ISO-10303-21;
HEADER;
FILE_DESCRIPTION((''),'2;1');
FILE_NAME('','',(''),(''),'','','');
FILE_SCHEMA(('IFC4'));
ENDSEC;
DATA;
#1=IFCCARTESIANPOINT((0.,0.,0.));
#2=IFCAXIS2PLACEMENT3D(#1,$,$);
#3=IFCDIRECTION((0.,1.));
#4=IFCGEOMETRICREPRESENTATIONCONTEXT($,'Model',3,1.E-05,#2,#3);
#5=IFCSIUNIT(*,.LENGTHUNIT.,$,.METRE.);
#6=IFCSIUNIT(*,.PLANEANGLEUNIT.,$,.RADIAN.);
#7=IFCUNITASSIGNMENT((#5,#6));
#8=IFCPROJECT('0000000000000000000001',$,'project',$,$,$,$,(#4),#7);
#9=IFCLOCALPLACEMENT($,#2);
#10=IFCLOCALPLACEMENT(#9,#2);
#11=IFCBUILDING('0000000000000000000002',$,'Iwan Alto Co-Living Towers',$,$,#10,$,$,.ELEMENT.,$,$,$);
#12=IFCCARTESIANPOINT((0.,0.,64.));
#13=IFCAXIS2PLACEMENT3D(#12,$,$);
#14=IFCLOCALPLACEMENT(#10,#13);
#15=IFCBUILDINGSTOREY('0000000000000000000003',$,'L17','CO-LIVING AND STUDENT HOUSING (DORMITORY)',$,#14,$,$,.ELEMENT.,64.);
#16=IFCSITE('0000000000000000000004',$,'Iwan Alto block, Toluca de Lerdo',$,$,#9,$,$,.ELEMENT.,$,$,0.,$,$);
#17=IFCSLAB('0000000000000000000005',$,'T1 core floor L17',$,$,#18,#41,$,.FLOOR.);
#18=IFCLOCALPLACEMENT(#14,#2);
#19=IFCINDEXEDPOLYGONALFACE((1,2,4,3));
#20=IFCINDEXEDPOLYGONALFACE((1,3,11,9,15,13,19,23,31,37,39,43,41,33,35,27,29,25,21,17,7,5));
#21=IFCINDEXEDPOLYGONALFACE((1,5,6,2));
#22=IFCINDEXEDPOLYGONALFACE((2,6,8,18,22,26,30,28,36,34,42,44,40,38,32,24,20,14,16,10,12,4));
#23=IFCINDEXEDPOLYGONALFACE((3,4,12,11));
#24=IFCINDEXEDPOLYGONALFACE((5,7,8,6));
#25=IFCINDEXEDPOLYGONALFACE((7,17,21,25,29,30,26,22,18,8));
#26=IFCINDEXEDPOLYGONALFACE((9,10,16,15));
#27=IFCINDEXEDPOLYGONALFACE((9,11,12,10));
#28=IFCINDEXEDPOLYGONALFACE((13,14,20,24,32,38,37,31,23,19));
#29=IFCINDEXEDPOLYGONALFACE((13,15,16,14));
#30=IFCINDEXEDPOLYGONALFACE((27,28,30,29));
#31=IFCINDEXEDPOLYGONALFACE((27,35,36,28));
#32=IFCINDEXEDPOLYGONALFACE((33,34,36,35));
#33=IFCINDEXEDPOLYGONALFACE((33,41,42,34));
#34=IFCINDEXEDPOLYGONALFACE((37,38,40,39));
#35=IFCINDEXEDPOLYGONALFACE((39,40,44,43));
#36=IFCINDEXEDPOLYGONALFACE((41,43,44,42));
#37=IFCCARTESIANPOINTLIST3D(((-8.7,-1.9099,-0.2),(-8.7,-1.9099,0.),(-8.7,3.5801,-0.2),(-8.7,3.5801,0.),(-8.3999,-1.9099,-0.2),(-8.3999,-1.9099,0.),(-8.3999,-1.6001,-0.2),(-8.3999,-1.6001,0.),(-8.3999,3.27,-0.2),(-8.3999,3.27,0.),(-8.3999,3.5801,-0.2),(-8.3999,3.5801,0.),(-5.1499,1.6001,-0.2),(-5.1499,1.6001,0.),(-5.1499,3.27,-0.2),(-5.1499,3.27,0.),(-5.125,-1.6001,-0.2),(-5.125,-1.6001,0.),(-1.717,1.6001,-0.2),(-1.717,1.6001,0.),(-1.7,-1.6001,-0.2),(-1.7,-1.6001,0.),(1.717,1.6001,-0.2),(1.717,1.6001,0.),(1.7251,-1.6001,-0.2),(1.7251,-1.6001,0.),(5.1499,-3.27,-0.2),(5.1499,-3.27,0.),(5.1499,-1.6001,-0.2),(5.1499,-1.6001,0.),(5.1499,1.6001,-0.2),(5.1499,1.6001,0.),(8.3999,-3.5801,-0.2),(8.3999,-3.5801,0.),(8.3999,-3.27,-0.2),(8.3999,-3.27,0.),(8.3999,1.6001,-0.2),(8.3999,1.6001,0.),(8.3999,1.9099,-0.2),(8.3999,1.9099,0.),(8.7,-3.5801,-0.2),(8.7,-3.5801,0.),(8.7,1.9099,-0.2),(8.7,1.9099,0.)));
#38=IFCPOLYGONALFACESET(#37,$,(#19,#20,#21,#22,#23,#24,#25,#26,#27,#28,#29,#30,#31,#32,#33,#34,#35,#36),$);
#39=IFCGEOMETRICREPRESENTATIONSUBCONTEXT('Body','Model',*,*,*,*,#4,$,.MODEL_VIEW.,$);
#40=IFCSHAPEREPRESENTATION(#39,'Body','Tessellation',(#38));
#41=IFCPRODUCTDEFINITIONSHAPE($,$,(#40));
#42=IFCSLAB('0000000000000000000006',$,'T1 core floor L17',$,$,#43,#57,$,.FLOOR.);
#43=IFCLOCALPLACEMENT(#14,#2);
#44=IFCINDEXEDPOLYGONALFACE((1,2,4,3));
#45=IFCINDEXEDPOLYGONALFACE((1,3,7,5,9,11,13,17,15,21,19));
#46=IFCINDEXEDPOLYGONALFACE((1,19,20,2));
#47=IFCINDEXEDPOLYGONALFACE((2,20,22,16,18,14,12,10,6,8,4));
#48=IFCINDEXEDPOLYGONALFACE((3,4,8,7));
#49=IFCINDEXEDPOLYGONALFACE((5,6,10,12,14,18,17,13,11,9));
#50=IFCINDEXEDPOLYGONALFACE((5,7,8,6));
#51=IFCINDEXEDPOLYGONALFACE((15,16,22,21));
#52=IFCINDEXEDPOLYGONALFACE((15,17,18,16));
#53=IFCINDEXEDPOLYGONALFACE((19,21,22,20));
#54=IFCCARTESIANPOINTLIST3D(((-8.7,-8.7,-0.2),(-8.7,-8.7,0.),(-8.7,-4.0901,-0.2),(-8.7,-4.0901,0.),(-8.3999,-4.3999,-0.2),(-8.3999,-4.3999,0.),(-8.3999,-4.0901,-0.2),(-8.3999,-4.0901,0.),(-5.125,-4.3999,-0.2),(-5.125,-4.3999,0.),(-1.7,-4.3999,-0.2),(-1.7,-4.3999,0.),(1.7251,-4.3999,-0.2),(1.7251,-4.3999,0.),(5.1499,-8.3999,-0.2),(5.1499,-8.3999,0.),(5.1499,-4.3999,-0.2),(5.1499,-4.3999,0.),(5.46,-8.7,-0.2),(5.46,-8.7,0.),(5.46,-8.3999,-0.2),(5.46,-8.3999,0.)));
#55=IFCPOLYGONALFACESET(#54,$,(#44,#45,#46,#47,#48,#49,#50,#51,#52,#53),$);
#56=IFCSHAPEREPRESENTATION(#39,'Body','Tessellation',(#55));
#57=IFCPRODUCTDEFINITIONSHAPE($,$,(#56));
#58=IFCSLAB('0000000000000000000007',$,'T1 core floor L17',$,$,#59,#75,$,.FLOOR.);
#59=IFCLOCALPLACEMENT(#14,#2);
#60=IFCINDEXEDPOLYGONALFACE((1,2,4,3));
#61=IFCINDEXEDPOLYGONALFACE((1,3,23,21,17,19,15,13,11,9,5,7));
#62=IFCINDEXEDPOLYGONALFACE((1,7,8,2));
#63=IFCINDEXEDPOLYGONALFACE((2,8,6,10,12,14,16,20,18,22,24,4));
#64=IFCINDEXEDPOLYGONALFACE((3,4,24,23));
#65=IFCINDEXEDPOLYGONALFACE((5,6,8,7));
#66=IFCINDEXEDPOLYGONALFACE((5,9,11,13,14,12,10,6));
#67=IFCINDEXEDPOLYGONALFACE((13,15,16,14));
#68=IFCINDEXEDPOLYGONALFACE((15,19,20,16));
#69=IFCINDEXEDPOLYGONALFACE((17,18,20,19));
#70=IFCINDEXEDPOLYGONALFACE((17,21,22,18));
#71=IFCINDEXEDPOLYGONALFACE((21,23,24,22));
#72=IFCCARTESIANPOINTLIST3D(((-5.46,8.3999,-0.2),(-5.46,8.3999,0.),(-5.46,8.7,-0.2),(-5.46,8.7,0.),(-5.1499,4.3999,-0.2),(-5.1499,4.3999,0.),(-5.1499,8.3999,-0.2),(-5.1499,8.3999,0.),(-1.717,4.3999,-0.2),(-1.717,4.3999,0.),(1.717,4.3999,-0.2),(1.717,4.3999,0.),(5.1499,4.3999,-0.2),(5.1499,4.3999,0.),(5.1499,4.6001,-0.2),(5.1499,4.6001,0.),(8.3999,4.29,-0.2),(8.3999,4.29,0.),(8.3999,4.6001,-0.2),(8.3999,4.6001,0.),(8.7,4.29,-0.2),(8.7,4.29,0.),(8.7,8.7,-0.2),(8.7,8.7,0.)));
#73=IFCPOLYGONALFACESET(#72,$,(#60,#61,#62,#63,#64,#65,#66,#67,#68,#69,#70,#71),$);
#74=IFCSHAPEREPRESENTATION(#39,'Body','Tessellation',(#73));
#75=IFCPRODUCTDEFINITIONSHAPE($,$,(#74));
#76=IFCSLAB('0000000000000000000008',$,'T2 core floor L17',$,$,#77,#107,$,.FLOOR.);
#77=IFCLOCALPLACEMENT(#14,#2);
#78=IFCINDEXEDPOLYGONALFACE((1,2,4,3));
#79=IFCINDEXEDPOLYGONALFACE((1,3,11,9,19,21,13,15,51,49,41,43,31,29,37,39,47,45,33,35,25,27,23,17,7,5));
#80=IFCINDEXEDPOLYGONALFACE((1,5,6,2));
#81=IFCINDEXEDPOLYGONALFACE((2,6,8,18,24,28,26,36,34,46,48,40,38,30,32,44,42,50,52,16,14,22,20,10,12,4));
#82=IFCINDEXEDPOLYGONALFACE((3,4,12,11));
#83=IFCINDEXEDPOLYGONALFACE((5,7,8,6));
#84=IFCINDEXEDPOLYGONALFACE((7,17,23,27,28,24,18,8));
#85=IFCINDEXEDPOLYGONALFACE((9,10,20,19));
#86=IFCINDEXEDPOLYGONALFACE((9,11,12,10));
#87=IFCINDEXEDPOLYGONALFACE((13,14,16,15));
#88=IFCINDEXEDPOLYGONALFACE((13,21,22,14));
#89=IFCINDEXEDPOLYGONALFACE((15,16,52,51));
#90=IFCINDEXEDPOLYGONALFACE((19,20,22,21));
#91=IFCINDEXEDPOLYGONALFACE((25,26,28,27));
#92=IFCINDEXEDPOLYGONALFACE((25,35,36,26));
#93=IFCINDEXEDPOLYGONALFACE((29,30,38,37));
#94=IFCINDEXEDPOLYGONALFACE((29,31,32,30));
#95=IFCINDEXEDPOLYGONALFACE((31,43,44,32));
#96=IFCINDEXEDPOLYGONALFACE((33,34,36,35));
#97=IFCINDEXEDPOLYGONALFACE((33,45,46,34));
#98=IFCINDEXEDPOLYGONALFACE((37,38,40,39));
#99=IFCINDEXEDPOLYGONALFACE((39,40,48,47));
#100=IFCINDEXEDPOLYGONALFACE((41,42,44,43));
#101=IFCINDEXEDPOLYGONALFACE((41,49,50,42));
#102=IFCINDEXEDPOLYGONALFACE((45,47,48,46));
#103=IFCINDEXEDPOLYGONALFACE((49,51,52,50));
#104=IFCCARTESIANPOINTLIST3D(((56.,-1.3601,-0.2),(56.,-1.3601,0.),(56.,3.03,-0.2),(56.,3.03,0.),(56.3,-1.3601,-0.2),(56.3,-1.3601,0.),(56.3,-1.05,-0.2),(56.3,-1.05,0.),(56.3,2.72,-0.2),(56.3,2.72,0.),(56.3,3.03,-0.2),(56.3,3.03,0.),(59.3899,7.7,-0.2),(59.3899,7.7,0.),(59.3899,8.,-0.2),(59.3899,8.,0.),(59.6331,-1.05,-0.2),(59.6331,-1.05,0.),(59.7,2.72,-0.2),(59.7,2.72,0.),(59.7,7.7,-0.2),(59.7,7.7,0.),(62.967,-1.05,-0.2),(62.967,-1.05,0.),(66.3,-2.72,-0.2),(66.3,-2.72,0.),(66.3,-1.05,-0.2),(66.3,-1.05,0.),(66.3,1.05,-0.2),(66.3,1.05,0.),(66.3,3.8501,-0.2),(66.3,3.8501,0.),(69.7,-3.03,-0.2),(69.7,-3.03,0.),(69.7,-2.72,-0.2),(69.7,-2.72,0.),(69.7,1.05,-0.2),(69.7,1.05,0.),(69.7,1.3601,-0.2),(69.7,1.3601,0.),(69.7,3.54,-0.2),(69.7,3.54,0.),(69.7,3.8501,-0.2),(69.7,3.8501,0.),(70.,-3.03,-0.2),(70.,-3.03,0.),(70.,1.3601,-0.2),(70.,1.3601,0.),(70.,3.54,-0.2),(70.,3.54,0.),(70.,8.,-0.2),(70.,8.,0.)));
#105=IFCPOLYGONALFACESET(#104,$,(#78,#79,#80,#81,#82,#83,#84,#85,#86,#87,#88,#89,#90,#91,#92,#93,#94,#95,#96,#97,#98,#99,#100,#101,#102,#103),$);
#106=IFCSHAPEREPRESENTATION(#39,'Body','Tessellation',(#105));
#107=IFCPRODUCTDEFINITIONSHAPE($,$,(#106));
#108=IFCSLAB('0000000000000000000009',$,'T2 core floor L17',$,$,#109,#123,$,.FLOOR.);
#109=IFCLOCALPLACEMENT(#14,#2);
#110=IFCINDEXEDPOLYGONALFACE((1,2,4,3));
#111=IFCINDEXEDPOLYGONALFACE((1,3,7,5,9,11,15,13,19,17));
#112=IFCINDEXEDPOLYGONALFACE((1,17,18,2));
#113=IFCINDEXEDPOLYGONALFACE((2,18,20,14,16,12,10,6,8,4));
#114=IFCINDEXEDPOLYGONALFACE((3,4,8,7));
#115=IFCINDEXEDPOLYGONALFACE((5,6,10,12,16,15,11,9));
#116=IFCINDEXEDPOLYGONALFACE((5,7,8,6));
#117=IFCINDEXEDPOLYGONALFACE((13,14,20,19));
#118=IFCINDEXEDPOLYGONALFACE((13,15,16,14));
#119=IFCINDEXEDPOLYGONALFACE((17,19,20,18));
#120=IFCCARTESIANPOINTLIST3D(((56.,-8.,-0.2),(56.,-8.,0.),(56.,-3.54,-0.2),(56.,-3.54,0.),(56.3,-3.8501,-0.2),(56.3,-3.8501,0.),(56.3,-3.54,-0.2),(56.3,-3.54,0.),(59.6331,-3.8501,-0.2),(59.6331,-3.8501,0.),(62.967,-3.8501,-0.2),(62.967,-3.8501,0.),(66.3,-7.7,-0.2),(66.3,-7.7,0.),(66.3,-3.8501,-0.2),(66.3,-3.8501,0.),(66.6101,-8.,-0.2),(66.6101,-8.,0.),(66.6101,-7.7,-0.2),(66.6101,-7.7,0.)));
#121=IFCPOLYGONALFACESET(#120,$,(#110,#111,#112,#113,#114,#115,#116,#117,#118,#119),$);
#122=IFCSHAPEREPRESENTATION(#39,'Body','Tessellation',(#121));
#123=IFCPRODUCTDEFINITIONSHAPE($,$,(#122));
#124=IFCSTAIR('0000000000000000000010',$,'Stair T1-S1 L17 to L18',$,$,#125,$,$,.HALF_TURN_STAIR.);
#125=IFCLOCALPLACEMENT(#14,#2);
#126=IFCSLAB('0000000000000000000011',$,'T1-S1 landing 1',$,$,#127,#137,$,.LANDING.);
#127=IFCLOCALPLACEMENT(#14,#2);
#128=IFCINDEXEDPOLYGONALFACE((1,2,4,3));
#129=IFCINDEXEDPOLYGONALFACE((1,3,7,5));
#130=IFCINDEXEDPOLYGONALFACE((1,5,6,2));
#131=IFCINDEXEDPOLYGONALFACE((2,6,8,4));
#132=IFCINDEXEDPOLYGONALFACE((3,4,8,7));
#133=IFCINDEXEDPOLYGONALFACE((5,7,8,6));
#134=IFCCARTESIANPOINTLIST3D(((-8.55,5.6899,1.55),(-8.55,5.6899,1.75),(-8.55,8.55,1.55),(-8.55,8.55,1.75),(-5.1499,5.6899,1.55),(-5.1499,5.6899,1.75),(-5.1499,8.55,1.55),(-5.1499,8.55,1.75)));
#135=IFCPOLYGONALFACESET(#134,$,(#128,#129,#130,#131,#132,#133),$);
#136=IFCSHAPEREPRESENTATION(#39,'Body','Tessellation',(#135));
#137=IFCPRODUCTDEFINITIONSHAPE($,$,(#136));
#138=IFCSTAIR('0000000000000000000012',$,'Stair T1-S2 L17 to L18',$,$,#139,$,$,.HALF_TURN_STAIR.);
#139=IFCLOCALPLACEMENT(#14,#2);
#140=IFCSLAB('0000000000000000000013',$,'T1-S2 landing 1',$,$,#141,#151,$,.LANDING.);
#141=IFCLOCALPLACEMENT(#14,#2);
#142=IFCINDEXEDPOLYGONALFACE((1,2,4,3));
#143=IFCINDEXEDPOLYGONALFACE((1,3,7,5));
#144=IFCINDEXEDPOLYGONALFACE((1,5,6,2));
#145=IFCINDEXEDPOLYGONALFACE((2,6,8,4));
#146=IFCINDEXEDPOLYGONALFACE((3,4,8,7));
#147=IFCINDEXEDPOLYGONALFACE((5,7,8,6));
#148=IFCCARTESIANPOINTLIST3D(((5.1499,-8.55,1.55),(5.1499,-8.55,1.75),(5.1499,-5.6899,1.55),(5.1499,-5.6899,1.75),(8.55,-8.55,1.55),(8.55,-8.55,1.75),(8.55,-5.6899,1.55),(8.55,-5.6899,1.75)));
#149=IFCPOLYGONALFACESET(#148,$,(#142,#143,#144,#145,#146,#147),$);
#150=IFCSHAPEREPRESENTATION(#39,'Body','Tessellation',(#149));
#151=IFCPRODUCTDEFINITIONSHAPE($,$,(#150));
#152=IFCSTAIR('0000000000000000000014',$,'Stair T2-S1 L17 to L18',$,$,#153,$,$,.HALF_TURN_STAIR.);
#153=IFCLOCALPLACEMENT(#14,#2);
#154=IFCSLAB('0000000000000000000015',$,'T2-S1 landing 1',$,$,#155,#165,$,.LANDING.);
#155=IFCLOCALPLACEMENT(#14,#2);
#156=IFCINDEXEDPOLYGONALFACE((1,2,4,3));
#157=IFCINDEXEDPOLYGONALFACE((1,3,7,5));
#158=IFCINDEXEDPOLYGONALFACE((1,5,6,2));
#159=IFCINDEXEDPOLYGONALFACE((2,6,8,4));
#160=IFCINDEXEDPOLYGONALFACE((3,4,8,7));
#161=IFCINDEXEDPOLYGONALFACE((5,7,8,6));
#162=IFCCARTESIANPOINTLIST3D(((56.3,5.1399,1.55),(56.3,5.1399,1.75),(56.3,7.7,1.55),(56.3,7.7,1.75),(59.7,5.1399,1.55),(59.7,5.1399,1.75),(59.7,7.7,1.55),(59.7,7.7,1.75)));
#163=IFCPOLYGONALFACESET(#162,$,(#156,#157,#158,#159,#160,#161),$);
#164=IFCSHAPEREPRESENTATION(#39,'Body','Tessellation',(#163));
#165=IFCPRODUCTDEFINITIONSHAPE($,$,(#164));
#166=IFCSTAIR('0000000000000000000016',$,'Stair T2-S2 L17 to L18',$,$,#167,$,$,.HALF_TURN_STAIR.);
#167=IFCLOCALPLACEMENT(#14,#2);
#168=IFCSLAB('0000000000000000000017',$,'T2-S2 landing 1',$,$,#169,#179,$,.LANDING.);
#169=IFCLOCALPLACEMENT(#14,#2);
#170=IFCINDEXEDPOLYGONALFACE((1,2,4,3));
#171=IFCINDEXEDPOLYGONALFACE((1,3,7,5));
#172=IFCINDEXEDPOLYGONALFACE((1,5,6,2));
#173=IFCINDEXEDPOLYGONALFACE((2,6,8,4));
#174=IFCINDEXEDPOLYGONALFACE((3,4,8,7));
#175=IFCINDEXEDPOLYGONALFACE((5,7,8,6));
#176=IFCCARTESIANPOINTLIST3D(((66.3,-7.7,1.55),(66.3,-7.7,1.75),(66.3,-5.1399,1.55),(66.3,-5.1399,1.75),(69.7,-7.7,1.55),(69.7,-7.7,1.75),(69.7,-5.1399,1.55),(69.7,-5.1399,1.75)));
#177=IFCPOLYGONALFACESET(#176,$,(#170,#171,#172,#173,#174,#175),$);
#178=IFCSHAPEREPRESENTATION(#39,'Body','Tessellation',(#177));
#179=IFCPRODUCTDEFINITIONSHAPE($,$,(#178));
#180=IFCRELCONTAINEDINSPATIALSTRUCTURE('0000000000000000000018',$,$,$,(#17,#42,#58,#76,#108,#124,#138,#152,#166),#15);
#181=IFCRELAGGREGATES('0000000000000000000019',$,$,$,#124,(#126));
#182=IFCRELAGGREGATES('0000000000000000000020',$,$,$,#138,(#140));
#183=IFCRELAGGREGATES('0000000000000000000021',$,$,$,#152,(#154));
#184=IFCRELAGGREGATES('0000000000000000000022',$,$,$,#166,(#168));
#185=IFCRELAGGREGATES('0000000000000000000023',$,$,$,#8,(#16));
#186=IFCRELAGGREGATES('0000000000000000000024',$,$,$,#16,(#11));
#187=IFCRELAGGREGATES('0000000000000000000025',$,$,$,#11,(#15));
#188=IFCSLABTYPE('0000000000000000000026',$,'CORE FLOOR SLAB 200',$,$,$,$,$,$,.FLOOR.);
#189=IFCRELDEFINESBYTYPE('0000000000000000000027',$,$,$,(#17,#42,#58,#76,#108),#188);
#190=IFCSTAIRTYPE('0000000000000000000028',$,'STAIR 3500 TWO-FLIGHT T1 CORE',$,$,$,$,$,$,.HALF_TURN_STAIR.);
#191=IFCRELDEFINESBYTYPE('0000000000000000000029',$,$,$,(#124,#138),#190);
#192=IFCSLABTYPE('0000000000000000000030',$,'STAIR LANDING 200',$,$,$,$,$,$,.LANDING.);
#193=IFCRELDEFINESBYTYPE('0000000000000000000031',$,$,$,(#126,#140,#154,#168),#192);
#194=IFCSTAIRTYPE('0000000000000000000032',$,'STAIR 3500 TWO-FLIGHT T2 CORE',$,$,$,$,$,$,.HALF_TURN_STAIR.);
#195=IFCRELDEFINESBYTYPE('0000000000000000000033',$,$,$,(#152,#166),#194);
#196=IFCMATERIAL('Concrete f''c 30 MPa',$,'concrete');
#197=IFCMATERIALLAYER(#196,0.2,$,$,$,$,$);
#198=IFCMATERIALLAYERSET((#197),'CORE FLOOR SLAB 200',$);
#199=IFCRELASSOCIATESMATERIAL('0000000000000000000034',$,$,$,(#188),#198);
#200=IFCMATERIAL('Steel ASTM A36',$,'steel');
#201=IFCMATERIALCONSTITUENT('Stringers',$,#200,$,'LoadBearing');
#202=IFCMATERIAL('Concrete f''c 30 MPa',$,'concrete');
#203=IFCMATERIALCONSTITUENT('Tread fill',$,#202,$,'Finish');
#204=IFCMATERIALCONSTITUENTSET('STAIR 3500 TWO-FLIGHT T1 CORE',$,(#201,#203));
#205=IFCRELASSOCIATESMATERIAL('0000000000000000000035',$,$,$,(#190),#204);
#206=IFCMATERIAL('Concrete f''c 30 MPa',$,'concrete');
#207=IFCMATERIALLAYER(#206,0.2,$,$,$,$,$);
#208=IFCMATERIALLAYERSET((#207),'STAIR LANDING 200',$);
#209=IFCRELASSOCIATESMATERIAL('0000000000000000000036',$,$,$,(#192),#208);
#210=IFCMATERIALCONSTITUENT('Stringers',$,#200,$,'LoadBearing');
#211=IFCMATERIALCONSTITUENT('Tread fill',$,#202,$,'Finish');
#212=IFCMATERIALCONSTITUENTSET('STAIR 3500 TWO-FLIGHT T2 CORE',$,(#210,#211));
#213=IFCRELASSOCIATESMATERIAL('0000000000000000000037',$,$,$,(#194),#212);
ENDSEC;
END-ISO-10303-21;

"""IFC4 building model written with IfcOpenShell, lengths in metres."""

from ifc_helpers import new_model, si_unit, direction, frame, origin, place, context, subcontext, project, spatial, polyline, outline, extrude, material, layer, layer_set, constituent, constituent_set, type_object, element, aggregate, save


model = new_model("IFC4")

# Units and contexts
model_context = context("Model", 3, precision=1e-05, world=origin(), true_north=direction((0.0, 1.0)))
body_context = subcontext(model_context, "Body", "Model", "MODEL_VIEW")
ifc_project = project(units=[si_unit("LENGTHUNIT", "METRE"), si_unit("PLANEANGLEUNIT", "RADIAN")], contexts=[model_context])

# Site, building, storey
site_placement = place(None, origin())
site = spatial("IfcSite", under=ifc_project, at=site_placement, Name="Iwan Alto block, Toluca de Lerdo", CompositionType="ELEMENT", RefElevation=0.0)
building_placement = place(site_placement, origin())
building = spatial("IfcBuilding", under=site, at=building_placement, Name="Iwan Alto Co-Living Towers", CompositionType="ELEMENT")
storey_placement = place(building_placement, frame((0.0, 0.0, 64.0)))
storey = spatial("IfcBuildingStorey", under=building, at=storey_placement, Name="L17", Description="CO-LIVING AND STUDENT HOUSING (DORMITORY)", CompositionType="ELEMENT", Elevation=64.0)

# Slabs
ifc_material_1 = material(Name="Concrete f'c 30 MPa", Category="concrete")
ifc_layer_1 = layer(ifc_material_1, 0.2)
ifc_layer_set_1 = layer_set([ifc_layer_1], Name="CORE FLOOR SLAB 200")
slab_type_1 = type_object("IfcSlabType", Name="CORE FLOOR SLAB 200", PredefinedType="FLOOR", material=ifc_layer_set_1)
slab_1_placement = place(storey_placement, frame((0.0, 0.0, -0.2)))
element("IfcSlab", 1, at=slab_1_placement, inside=storey, type_object=slab_type_1, Name="T1 core floor L17", PredefinedType="FLOOR", context=body_context, shape_type="SweptSolid", body=[
    extrude(outline(polyline([(8.7, -3.5801), (8.3999, -3.5801), (8.3999, -3.27), (5.1499, -3.27), (5.1499, -1.6001), (1.7251, -1.6001), (-1.7, -1.6001), (-5.125, -1.6001), (-8.3999, -1.6001), (-8.3999, -1.9099), (-8.7, -1.9099), (-8.7, 3.5801), (-8.3999, 3.5801), (-8.3999, 3.27), (-5.1499, 3.27), (-5.1499, 1.6001), (-1.717, 1.6001), (1.717, 1.6001), (5.1499, 1.6001), (8.3999, 1.6001), (8.3999, 1.9099), (8.7, 1.9099), (8.7, -3.5801)])), origin(), (0.0, 0.0, 1.0), 0.2),
])
slab_2_placement = place(storey_placement, frame((0.0, 0.0, -0.2)))
element("IfcSlab", 2, at=slab_2_placement, inside=storey, type_object=slab_type_1, Name="T1 core floor L17", PredefinedType="FLOOR", context=body_context, shape_type="SweptSolid", body=[
    extrude(outline(polyline([(-1.7, -4.3999), (1.7251, -4.3999), (5.1499, -4.3999), (5.1499, -8.3999), (5.46, -8.3999), (5.46, -8.7), (-8.7, -8.7), (-8.7, -4.0901), (-8.3999, -4.0901), (-8.3999, -4.3999), (-5.125, -4.3999), (-1.7, -4.3999)])), origin(), (0.0, 0.0, 1.0), 0.2),
])
slab_3_placement = place(storey_placement, frame((0.0, 0.0, -0.2)))
element("IfcSlab", 3, at=slab_3_placement, inside=storey, type_object=slab_type_1, Name="T1 core floor L17", PredefinedType="FLOOR", context=body_context, shape_type="SweptSolid", body=[
    extrude(outline(polyline([(1.717, 4.3999), (-1.717, 4.3999), (-5.1499, 4.3999), (-5.1499, 8.3999), (-5.46, 8.3999), (-5.46, 8.7), (8.7, 8.7), (8.7, 4.29), (8.3999, 4.29), (8.3999, 4.6001), (5.1499, 4.6001), (5.1499, 4.3999), (1.717, 4.3999)])), origin(), (0.0, 0.0, 1.0), 0.2),
])
slab_4_placement = place(storey_placement, frame((0.0, 0.0, -0.2)))
element("IfcSlab", 4, at=slab_4_placement, inside=storey, type_object=slab_type_1, Name="T2 core floor L17", PredefinedType="FLOOR", context=body_context, shape_type="SweptSolid", body=[
    extrude(outline(polyline([(70.0, -3.03), (69.7, -3.03), (69.7, -2.72), (66.3, -2.72), (66.3, -1.05), (62.967, -1.05), (59.6331, -1.05), (56.3, -1.05), (56.3, -1.3601), (56.0, -1.3601), (56.0, 3.03), (56.3, 3.03), (56.3, 2.72), (59.7, 2.72), (59.7, 7.7), (59.3899, 7.7), (59.3899, 8.0), (70.0, 8.0), (70.0, 3.54), (69.7, 3.54), (69.7, 3.8501), (66.3, 3.8501), (66.3, 1.05), (69.7, 1.05), (69.7, 1.3601), (70.0, 1.3601), (70.0, -3.03)])), origin(), (0.0, 0.0, 1.0), 0.2),
])
slab_5_placement = place(storey_placement, frame((0.0, 0.0, -0.2)))
element("IfcSlab", 5, at=slab_5_placement, inside=storey, type_object=slab_type_1, Name="T2 core floor L17", PredefinedType="FLOOR", context=body_context, shape_type="SweptSolid", body=[
    extrude(outline(polyline([(62.967, -3.8501), (66.3, -3.8501), (66.3, -7.7), (66.6101, -7.7), (66.6101, -8.0), (56.0, -8.0), (56.0, -3.54), (56.3, -3.54), (56.3, -3.8501), (59.6331, -3.8501), (62.967, -3.8501)])), origin(), (0.0, 0.0, 1.0), 0.2),
])

# Stairs, slabs
ifc_material_2 = material(Name="Steel ASTM A36", Category="steel")
ifc_constituent_1 = constituent(ifc_material_2, Name="Stringers", Category="LoadBearing")
ifc_material_3 = material(Name="Concrete f'c 30 MPa", Category="concrete")
ifc_constituent_2 = constituent(ifc_material_3, Name="Tread fill", Category="Finish")
ifc_constituent_set_1 = constituent_set(constituents=[ifc_constituent_1, ifc_constituent_2], Name="STAIR 3500 TWO-FLIGHT T1 CORE")
stair_type_1 = type_object("IfcStairType", Name="STAIR 3500 TWO-FLIGHT T1 CORE", PredefinedType="HALF_TURN_STAIR", material=ifc_constituent_set_1)
stair_1_placement = place(storey_placement, origin())
stair_1 = element("IfcStair", 6, at=stair_1_placement, inside=storey, type_object=stair_type_1, Name="Stair T1-S1 L17 to L18", PredefinedType="HALF_TURN_STAIR")
ifc_material_4 = material(Name="Concrete f'c 30 MPa", Category="concrete")
ifc_layer_2 = layer(ifc_material_4, 0.2)
ifc_layer_set_2 = layer_set([ifc_layer_2], Name="STAIR LANDING 200")
slab_type_2 = type_object("IfcSlabType", Name="STAIR LANDING 200", PredefinedType="LANDING", material=ifc_layer_set_2)
slab_6_placement = place(storey_placement, frame((0.0, 0.0, 1.55)))
slab_6 = element("IfcSlab", 7, at=slab_6_placement, type_object=slab_type_2, Name="T1-S1 landing 1", PredefinedType="LANDING", context=body_context, shape_type="SweptSolid", body=[
    extrude(outline(polyline([(-8.55, 5.6899), (-8.55, 8.55), (-5.1499, 8.55), (-5.1499, 5.6899), (-8.55, 5.6899)])), origin(), (0.0, 0.0, 1.0), 0.2),
])
aggregate(stair_1, [slab_6])
stair_2_placement = place(storey_placement, origin())
stair_2 = element("IfcStair", 8, at=stair_2_placement, inside=storey, type_object=stair_type_1, Name="Stair T1-S2 L17 to L18", PredefinedType="HALF_TURN_STAIR")
slab_7_placement = place(storey_placement, frame((0.0, 0.0, 1.55)))
slab_7 = element("IfcSlab", 9, at=slab_7_placement, type_object=slab_type_2, Name="T1-S2 landing 1", PredefinedType="LANDING", context=body_context, shape_type="SweptSolid", body=[
    extrude(outline(polyline([(5.1499, -5.6899), (5.1499, -8.55), (8.55, -8.55), (8.55, -5.6899), (5.1499, -5.6899)])), origin(), (0.0, 0.0, 1.0), 0.2),
])
aggregate(stair_2, [slab_7])
ifc_constituent_3 = constituent(ifc_material_2, Name="Stringers", Category="LoadBearing")
ifc_constituent_4 = constituent(ifc_material_3, Name="Tread fill", Category="Finish")
ifc_constituent_set_2 = constituent_set(constituents=[ifc_constituent_3, ifc_constituent_4], Name="STAIR 3500 TWO-FLIGHT T2 CORE")
stair_type_2 = type_object("IfcStairType", Name="STAIR 3500 TWO-FLIGHT T2 CORE", PredefinedType="HALF_TURN_STAIR", material=ifc_constituent_set_2)
stair_3_placement = place(storey_placement, origin())
stair_3 = element("IfcStair", 10, at=stair_3_placement, inside=storey, type_object=stair_type_2, Name="Stair T2-S1 L17 to L18", PredefinedType="HALF_TURN_STAIR")
slab_8_placement = place(storey_placement, frame((0.0, 0.0, 1.55)))
slab_8 = element("IfcSlab", 11, at=slab_8_placement, type_object=slab_type_2, Name="T2-S1 landing 1", PredefinedType="LANDING", context=body_context, shape_type="SweptSolid", body=[
    extrude(outline(polyline([(56.3, 5.1399), (56.3, 7.7), (59.7, 7.7), (59.7, 5.1399), (56.3, 5.1399)])), origin(), (0.0, 0.0, 1.0), 0.2),
])
aggregate(stair_3, [slab_8])
stair_4_placement = place(storey_placement, origin())
stair_4 = element("IfcStair", 12, at=stair_4_placement, inside=storey, type_object=stair_type_2, Name="Stair T2-S2 L17 to L18", PredefinedType="HALF_TURN_STAIR")
slab_9_placement = place(storey_placement, frame((0.0, 0.0, 1.55)))
slab_9 = element("IfcSlab", 13, at=slab_9_placement, type_object=slab_type_2, Name="T2-S2 landing 1", PredefinedType="LANDING", context=body_context, shape_type="SweptSolid", body=[
    extrude(outline(polyline([(66.3, -5.1399), (66.3, -7.7), (69.7, -7.7), (69.7, -5.1399), (66.3, -5.1399)])), origin(), (0.0, 0.0, 1.0), 0.2),
])
aggregate(stair_4, [slab_9])

save(model, "model.ifc")
